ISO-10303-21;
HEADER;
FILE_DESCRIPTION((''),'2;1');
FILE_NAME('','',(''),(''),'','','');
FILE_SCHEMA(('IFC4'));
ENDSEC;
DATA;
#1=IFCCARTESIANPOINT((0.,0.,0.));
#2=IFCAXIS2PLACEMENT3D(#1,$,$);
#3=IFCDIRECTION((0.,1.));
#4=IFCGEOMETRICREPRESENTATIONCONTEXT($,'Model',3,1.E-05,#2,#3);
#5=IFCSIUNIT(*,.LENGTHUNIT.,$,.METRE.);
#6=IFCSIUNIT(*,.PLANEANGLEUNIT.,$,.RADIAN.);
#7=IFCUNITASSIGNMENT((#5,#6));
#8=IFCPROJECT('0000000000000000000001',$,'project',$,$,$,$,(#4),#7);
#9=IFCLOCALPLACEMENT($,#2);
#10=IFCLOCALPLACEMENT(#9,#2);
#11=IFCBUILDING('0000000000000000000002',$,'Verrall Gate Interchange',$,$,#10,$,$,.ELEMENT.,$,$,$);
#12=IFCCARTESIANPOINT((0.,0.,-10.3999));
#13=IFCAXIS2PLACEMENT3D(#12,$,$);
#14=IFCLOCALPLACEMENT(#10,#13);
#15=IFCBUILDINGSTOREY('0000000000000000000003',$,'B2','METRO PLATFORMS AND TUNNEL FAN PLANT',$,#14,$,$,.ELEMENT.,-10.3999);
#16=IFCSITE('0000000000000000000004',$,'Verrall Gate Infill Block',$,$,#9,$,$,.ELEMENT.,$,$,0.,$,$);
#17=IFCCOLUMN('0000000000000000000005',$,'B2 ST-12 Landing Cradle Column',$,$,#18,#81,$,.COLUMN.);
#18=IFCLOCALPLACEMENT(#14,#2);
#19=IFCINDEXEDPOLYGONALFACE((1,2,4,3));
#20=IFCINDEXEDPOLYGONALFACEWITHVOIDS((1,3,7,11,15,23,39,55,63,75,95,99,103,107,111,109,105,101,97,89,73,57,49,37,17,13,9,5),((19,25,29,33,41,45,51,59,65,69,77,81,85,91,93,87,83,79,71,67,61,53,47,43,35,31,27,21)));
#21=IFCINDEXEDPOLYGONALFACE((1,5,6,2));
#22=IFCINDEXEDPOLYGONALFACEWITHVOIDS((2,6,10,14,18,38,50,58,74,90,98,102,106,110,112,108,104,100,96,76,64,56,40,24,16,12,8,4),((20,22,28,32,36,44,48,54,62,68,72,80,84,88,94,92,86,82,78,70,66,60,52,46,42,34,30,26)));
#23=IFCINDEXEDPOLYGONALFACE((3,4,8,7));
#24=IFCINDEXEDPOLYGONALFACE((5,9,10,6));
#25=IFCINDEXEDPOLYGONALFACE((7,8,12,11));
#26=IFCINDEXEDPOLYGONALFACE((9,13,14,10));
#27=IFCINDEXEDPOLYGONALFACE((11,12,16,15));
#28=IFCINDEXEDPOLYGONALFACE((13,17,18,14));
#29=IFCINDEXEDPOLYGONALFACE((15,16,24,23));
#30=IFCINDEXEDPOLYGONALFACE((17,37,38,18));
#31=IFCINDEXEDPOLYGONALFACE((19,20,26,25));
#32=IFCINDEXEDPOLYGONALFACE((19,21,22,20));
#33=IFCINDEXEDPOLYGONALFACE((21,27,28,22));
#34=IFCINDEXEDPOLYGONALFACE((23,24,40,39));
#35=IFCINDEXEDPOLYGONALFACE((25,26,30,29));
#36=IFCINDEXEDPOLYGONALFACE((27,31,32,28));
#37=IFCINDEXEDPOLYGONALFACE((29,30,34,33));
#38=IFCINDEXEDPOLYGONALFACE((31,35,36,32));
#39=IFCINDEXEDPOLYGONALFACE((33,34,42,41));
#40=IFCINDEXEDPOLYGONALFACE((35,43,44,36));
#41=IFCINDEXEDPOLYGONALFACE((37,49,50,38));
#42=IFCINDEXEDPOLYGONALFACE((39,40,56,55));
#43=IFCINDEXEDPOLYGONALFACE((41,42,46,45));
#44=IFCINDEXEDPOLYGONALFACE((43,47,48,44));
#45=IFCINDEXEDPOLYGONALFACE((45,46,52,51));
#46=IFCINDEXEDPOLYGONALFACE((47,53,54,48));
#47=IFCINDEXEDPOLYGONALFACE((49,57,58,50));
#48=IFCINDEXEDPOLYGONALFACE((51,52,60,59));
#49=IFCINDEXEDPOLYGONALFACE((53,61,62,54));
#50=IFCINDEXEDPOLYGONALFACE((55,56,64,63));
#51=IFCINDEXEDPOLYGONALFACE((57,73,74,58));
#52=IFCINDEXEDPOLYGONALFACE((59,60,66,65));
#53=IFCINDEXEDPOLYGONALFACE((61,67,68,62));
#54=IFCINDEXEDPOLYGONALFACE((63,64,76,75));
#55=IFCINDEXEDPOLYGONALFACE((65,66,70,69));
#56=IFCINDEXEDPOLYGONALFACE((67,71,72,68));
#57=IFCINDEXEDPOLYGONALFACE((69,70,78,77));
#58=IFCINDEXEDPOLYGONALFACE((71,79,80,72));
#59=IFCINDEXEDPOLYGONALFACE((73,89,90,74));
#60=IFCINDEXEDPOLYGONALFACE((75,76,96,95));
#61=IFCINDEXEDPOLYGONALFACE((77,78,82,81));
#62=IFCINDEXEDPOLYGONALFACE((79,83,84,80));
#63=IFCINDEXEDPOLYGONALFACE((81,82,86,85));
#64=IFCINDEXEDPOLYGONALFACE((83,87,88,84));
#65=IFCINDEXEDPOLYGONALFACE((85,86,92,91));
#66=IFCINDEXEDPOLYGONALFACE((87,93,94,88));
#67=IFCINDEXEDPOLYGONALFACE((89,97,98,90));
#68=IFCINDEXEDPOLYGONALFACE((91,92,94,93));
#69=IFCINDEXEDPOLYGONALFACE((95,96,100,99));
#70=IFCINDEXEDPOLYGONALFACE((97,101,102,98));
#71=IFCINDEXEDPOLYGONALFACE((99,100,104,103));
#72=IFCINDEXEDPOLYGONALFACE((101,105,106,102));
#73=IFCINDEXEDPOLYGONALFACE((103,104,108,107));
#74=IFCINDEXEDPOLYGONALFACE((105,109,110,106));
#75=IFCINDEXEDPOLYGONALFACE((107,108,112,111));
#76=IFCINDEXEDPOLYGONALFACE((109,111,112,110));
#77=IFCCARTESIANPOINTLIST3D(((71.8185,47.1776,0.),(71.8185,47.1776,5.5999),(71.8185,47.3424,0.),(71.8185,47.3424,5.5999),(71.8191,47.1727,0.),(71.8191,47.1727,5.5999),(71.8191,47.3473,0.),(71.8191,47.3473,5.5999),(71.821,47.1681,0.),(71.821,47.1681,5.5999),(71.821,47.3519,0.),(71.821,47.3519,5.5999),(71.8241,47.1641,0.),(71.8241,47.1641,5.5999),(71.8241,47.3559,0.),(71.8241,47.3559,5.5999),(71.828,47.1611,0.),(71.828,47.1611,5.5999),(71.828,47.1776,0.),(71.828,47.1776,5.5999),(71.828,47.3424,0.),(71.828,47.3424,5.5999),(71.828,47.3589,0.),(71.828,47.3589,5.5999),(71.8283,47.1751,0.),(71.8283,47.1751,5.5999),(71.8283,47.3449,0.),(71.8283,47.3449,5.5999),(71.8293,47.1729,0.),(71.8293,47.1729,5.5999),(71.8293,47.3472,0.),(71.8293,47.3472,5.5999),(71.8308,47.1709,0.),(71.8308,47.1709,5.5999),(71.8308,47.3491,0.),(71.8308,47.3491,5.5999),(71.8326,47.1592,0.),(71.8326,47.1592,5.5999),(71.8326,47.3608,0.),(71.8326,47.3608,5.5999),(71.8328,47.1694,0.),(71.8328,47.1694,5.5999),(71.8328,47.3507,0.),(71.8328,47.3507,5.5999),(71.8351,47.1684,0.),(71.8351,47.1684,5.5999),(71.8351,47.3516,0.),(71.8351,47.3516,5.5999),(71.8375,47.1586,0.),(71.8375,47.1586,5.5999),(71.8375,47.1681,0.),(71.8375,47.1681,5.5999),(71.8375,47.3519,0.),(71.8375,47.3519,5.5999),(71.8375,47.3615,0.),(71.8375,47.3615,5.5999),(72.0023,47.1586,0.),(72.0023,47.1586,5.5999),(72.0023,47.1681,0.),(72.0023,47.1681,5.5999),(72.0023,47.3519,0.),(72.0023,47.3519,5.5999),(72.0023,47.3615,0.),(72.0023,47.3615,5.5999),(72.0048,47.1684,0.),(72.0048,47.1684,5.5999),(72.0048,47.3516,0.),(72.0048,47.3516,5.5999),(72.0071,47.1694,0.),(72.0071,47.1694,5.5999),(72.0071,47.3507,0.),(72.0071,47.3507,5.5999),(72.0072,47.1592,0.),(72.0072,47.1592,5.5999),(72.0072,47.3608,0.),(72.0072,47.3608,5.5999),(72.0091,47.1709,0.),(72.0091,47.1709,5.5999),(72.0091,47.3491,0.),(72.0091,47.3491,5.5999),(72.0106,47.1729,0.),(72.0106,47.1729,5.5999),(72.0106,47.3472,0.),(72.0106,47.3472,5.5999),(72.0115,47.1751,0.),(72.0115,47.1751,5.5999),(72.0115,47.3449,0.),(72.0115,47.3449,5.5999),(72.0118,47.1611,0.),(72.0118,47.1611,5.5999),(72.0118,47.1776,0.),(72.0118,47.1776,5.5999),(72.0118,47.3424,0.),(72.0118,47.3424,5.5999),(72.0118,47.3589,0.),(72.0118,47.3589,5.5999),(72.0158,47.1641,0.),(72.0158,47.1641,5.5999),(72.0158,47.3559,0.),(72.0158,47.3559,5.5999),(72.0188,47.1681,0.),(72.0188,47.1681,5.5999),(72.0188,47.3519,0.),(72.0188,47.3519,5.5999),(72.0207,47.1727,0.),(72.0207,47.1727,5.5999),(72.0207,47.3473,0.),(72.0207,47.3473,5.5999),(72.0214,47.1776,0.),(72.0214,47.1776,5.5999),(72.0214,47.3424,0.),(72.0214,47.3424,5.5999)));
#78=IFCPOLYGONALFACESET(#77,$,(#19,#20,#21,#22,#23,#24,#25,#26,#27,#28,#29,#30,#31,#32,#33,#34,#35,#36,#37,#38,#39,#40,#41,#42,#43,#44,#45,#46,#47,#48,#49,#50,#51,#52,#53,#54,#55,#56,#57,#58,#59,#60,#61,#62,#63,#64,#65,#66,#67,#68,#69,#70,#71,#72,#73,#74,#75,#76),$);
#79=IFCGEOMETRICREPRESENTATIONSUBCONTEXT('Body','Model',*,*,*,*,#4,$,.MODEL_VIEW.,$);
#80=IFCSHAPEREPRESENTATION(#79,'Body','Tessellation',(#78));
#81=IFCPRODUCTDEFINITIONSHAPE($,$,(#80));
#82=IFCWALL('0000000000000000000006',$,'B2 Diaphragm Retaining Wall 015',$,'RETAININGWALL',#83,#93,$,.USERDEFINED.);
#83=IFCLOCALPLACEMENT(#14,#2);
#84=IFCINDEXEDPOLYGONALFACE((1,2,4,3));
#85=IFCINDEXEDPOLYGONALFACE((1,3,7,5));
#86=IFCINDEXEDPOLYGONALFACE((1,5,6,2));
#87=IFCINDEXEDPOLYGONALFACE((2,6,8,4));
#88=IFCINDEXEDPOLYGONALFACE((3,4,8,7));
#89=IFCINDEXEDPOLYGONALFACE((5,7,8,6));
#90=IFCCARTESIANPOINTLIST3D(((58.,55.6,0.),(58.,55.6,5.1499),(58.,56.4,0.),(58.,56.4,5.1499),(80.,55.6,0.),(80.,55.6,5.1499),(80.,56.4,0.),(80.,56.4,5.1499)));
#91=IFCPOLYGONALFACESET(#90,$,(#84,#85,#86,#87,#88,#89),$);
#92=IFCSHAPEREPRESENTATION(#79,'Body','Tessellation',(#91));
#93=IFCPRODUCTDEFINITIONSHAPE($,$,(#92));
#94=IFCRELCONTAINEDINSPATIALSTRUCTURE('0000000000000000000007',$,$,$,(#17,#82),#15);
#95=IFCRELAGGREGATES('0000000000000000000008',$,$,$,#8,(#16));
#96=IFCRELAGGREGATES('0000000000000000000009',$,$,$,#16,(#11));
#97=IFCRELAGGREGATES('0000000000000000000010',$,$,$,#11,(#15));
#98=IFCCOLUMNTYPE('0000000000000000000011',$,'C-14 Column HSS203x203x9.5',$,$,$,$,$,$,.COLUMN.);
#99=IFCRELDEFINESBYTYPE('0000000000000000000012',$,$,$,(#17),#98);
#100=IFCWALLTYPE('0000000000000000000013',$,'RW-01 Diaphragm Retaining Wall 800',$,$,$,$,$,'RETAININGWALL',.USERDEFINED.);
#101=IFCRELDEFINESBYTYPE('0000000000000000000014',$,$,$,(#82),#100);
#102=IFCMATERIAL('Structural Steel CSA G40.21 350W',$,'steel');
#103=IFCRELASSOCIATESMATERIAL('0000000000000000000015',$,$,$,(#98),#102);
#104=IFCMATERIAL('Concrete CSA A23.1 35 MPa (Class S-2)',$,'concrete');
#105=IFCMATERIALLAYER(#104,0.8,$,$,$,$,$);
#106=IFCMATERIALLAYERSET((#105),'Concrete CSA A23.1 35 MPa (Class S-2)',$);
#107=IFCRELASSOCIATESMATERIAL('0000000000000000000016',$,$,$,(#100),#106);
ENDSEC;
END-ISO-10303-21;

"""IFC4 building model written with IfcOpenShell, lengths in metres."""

from ifc_helpers import new_model, si_unit, direction, frame, frame_2d, origin, origin_2d, place, context, subcontext, project, spatial, rectangle, hollow_rectangle, extrude, material, layer, layer_set, material_profile, profile_set, type_object, element, save


model = new_model("IFC4")

# Units and contexts
model_context = context("Model", 3, precision=1e-05, world=origin(), true_north=direction((0.0, 1.0)))
body_context = subcontext(model_context, "Body", "Model", "MODEL_VIEW")
ifc_project = project(units=[si_unit("LENGTHUNIT", "METRE"), si_unit("PLANEANGLEUNIT", "RADIAN")], contexts=[model_context])

# Site, building, storey
site_placement = place(None, origin())
site = spatial("IfcSite", under=ifc_project, at=site_placement, Name="Verrall Gate Infill Block", CompositionType="ELEMENT", RefElevation=0.0)
building_placement = place(site_placement, origin())
building = spatial("IfcBuilding", under=site, at=building_placement, Name="Verrall Gate Interchange", CompositionType="ELEMENT")
storey_placement = place(building_placement, frame((0.0, 0.0, -10.3999)))
storey = spatial("IfcBuildingStorey", under=building, at=storey_placement, Name="B2", Description="METRO PLATFORMS AND TUNNEL FAN PLANT", CompositionType="ELEMENT", Elevation=-10.3999)

# Column
ifc_material_1 = material(Name="Structural Steel CSA G40.21 350W", Category="steel")
ifc_material_profile_1 = material_profile(ifc_material_1, hollow_rectangle(XDim=0.2029, YDim=0.2029, WallThickness=0.0095, InnerFilletRadius=0.0095, OuterFilletRadius=0.019, at=origin_2d()), Name="HSS203x203x9.5")
ifc_profile_set_1 = profile_set([ifc_material_profile_1], Name="Structural Steel CSA G40.21 350W")
column_type_1 = type_object("IfcColumnType", Name="C-14 Column HSS203x203x9.5", PredefinedType="COLUMN", material=ifc_profile_set_1)
for number, where, z_axis, x_axis, name in (
    (1, (71.9199, 47.26, 0.0), (0.0, 0.0, 1.0), (1.0, 0.0, 0.0), "B2 ST-12 Landing Cradle Column"),
):
    element("IfcColumn", number, at=place(storey_placement, frame(where, z_axis=z_axis, x_axis=x_axis)), inside=storey, type_object=column_type_1, Name=name, PredefinedType="COLUMN", context=body_context, shape_type="SweptSolid", body=[
        extrude(hollow_rectangle(XDim=0.2029, YDim=0.2029, WallThickness=0.0095, InnerFilletRadius=0.0095, OuterFilletRadius=0.019, at=origin_2d()), origin(), (0.0, 0.0, 1.0), 5.5999),
    ])

# Wall
ifc_material_2 = material(Name="Concrete CSA A23.1 35 MPa (Class S-2)", Category="concrete")
ifc_layer = layer(ifc_material_2, 0.8)
ifc_layer_set = layer_set([ifc_layer], Name="Concrete CSA A23.1 35 MPa (Class S-2)")
wall_type = type_object("IfcWallType", Name="RW-01 Diaphragm Retaining Wall 800", ElementType="RETAININGWALL", PredefinedType="USERDEFINED", material=ifc_layer_set)
wall_placement = place(storey_placement, frame((80.0, 56.0, 0.0), z_axis=(0.0, 0.0, 1.0), x_axis=(-1.0, 0.0, 0.0)))
element("IfcWall", 2, at=wall_placement, inside=storey, type_object=wall_type, Name="B2 Diaphragm Retaining Wall 015", ObjectType="RETAININGWALL", PredefinedType="USERDEFINED", context=body_context, shape_type="SweptSolid", body=[
    extrude(rectangle(XDim=22.0, YDim=0.8, at=frame_2d((11.0, 0.0))), origin(), (0.0, 0.0, 1.0), 5.1499),
])

save(model, "model.ifc")
